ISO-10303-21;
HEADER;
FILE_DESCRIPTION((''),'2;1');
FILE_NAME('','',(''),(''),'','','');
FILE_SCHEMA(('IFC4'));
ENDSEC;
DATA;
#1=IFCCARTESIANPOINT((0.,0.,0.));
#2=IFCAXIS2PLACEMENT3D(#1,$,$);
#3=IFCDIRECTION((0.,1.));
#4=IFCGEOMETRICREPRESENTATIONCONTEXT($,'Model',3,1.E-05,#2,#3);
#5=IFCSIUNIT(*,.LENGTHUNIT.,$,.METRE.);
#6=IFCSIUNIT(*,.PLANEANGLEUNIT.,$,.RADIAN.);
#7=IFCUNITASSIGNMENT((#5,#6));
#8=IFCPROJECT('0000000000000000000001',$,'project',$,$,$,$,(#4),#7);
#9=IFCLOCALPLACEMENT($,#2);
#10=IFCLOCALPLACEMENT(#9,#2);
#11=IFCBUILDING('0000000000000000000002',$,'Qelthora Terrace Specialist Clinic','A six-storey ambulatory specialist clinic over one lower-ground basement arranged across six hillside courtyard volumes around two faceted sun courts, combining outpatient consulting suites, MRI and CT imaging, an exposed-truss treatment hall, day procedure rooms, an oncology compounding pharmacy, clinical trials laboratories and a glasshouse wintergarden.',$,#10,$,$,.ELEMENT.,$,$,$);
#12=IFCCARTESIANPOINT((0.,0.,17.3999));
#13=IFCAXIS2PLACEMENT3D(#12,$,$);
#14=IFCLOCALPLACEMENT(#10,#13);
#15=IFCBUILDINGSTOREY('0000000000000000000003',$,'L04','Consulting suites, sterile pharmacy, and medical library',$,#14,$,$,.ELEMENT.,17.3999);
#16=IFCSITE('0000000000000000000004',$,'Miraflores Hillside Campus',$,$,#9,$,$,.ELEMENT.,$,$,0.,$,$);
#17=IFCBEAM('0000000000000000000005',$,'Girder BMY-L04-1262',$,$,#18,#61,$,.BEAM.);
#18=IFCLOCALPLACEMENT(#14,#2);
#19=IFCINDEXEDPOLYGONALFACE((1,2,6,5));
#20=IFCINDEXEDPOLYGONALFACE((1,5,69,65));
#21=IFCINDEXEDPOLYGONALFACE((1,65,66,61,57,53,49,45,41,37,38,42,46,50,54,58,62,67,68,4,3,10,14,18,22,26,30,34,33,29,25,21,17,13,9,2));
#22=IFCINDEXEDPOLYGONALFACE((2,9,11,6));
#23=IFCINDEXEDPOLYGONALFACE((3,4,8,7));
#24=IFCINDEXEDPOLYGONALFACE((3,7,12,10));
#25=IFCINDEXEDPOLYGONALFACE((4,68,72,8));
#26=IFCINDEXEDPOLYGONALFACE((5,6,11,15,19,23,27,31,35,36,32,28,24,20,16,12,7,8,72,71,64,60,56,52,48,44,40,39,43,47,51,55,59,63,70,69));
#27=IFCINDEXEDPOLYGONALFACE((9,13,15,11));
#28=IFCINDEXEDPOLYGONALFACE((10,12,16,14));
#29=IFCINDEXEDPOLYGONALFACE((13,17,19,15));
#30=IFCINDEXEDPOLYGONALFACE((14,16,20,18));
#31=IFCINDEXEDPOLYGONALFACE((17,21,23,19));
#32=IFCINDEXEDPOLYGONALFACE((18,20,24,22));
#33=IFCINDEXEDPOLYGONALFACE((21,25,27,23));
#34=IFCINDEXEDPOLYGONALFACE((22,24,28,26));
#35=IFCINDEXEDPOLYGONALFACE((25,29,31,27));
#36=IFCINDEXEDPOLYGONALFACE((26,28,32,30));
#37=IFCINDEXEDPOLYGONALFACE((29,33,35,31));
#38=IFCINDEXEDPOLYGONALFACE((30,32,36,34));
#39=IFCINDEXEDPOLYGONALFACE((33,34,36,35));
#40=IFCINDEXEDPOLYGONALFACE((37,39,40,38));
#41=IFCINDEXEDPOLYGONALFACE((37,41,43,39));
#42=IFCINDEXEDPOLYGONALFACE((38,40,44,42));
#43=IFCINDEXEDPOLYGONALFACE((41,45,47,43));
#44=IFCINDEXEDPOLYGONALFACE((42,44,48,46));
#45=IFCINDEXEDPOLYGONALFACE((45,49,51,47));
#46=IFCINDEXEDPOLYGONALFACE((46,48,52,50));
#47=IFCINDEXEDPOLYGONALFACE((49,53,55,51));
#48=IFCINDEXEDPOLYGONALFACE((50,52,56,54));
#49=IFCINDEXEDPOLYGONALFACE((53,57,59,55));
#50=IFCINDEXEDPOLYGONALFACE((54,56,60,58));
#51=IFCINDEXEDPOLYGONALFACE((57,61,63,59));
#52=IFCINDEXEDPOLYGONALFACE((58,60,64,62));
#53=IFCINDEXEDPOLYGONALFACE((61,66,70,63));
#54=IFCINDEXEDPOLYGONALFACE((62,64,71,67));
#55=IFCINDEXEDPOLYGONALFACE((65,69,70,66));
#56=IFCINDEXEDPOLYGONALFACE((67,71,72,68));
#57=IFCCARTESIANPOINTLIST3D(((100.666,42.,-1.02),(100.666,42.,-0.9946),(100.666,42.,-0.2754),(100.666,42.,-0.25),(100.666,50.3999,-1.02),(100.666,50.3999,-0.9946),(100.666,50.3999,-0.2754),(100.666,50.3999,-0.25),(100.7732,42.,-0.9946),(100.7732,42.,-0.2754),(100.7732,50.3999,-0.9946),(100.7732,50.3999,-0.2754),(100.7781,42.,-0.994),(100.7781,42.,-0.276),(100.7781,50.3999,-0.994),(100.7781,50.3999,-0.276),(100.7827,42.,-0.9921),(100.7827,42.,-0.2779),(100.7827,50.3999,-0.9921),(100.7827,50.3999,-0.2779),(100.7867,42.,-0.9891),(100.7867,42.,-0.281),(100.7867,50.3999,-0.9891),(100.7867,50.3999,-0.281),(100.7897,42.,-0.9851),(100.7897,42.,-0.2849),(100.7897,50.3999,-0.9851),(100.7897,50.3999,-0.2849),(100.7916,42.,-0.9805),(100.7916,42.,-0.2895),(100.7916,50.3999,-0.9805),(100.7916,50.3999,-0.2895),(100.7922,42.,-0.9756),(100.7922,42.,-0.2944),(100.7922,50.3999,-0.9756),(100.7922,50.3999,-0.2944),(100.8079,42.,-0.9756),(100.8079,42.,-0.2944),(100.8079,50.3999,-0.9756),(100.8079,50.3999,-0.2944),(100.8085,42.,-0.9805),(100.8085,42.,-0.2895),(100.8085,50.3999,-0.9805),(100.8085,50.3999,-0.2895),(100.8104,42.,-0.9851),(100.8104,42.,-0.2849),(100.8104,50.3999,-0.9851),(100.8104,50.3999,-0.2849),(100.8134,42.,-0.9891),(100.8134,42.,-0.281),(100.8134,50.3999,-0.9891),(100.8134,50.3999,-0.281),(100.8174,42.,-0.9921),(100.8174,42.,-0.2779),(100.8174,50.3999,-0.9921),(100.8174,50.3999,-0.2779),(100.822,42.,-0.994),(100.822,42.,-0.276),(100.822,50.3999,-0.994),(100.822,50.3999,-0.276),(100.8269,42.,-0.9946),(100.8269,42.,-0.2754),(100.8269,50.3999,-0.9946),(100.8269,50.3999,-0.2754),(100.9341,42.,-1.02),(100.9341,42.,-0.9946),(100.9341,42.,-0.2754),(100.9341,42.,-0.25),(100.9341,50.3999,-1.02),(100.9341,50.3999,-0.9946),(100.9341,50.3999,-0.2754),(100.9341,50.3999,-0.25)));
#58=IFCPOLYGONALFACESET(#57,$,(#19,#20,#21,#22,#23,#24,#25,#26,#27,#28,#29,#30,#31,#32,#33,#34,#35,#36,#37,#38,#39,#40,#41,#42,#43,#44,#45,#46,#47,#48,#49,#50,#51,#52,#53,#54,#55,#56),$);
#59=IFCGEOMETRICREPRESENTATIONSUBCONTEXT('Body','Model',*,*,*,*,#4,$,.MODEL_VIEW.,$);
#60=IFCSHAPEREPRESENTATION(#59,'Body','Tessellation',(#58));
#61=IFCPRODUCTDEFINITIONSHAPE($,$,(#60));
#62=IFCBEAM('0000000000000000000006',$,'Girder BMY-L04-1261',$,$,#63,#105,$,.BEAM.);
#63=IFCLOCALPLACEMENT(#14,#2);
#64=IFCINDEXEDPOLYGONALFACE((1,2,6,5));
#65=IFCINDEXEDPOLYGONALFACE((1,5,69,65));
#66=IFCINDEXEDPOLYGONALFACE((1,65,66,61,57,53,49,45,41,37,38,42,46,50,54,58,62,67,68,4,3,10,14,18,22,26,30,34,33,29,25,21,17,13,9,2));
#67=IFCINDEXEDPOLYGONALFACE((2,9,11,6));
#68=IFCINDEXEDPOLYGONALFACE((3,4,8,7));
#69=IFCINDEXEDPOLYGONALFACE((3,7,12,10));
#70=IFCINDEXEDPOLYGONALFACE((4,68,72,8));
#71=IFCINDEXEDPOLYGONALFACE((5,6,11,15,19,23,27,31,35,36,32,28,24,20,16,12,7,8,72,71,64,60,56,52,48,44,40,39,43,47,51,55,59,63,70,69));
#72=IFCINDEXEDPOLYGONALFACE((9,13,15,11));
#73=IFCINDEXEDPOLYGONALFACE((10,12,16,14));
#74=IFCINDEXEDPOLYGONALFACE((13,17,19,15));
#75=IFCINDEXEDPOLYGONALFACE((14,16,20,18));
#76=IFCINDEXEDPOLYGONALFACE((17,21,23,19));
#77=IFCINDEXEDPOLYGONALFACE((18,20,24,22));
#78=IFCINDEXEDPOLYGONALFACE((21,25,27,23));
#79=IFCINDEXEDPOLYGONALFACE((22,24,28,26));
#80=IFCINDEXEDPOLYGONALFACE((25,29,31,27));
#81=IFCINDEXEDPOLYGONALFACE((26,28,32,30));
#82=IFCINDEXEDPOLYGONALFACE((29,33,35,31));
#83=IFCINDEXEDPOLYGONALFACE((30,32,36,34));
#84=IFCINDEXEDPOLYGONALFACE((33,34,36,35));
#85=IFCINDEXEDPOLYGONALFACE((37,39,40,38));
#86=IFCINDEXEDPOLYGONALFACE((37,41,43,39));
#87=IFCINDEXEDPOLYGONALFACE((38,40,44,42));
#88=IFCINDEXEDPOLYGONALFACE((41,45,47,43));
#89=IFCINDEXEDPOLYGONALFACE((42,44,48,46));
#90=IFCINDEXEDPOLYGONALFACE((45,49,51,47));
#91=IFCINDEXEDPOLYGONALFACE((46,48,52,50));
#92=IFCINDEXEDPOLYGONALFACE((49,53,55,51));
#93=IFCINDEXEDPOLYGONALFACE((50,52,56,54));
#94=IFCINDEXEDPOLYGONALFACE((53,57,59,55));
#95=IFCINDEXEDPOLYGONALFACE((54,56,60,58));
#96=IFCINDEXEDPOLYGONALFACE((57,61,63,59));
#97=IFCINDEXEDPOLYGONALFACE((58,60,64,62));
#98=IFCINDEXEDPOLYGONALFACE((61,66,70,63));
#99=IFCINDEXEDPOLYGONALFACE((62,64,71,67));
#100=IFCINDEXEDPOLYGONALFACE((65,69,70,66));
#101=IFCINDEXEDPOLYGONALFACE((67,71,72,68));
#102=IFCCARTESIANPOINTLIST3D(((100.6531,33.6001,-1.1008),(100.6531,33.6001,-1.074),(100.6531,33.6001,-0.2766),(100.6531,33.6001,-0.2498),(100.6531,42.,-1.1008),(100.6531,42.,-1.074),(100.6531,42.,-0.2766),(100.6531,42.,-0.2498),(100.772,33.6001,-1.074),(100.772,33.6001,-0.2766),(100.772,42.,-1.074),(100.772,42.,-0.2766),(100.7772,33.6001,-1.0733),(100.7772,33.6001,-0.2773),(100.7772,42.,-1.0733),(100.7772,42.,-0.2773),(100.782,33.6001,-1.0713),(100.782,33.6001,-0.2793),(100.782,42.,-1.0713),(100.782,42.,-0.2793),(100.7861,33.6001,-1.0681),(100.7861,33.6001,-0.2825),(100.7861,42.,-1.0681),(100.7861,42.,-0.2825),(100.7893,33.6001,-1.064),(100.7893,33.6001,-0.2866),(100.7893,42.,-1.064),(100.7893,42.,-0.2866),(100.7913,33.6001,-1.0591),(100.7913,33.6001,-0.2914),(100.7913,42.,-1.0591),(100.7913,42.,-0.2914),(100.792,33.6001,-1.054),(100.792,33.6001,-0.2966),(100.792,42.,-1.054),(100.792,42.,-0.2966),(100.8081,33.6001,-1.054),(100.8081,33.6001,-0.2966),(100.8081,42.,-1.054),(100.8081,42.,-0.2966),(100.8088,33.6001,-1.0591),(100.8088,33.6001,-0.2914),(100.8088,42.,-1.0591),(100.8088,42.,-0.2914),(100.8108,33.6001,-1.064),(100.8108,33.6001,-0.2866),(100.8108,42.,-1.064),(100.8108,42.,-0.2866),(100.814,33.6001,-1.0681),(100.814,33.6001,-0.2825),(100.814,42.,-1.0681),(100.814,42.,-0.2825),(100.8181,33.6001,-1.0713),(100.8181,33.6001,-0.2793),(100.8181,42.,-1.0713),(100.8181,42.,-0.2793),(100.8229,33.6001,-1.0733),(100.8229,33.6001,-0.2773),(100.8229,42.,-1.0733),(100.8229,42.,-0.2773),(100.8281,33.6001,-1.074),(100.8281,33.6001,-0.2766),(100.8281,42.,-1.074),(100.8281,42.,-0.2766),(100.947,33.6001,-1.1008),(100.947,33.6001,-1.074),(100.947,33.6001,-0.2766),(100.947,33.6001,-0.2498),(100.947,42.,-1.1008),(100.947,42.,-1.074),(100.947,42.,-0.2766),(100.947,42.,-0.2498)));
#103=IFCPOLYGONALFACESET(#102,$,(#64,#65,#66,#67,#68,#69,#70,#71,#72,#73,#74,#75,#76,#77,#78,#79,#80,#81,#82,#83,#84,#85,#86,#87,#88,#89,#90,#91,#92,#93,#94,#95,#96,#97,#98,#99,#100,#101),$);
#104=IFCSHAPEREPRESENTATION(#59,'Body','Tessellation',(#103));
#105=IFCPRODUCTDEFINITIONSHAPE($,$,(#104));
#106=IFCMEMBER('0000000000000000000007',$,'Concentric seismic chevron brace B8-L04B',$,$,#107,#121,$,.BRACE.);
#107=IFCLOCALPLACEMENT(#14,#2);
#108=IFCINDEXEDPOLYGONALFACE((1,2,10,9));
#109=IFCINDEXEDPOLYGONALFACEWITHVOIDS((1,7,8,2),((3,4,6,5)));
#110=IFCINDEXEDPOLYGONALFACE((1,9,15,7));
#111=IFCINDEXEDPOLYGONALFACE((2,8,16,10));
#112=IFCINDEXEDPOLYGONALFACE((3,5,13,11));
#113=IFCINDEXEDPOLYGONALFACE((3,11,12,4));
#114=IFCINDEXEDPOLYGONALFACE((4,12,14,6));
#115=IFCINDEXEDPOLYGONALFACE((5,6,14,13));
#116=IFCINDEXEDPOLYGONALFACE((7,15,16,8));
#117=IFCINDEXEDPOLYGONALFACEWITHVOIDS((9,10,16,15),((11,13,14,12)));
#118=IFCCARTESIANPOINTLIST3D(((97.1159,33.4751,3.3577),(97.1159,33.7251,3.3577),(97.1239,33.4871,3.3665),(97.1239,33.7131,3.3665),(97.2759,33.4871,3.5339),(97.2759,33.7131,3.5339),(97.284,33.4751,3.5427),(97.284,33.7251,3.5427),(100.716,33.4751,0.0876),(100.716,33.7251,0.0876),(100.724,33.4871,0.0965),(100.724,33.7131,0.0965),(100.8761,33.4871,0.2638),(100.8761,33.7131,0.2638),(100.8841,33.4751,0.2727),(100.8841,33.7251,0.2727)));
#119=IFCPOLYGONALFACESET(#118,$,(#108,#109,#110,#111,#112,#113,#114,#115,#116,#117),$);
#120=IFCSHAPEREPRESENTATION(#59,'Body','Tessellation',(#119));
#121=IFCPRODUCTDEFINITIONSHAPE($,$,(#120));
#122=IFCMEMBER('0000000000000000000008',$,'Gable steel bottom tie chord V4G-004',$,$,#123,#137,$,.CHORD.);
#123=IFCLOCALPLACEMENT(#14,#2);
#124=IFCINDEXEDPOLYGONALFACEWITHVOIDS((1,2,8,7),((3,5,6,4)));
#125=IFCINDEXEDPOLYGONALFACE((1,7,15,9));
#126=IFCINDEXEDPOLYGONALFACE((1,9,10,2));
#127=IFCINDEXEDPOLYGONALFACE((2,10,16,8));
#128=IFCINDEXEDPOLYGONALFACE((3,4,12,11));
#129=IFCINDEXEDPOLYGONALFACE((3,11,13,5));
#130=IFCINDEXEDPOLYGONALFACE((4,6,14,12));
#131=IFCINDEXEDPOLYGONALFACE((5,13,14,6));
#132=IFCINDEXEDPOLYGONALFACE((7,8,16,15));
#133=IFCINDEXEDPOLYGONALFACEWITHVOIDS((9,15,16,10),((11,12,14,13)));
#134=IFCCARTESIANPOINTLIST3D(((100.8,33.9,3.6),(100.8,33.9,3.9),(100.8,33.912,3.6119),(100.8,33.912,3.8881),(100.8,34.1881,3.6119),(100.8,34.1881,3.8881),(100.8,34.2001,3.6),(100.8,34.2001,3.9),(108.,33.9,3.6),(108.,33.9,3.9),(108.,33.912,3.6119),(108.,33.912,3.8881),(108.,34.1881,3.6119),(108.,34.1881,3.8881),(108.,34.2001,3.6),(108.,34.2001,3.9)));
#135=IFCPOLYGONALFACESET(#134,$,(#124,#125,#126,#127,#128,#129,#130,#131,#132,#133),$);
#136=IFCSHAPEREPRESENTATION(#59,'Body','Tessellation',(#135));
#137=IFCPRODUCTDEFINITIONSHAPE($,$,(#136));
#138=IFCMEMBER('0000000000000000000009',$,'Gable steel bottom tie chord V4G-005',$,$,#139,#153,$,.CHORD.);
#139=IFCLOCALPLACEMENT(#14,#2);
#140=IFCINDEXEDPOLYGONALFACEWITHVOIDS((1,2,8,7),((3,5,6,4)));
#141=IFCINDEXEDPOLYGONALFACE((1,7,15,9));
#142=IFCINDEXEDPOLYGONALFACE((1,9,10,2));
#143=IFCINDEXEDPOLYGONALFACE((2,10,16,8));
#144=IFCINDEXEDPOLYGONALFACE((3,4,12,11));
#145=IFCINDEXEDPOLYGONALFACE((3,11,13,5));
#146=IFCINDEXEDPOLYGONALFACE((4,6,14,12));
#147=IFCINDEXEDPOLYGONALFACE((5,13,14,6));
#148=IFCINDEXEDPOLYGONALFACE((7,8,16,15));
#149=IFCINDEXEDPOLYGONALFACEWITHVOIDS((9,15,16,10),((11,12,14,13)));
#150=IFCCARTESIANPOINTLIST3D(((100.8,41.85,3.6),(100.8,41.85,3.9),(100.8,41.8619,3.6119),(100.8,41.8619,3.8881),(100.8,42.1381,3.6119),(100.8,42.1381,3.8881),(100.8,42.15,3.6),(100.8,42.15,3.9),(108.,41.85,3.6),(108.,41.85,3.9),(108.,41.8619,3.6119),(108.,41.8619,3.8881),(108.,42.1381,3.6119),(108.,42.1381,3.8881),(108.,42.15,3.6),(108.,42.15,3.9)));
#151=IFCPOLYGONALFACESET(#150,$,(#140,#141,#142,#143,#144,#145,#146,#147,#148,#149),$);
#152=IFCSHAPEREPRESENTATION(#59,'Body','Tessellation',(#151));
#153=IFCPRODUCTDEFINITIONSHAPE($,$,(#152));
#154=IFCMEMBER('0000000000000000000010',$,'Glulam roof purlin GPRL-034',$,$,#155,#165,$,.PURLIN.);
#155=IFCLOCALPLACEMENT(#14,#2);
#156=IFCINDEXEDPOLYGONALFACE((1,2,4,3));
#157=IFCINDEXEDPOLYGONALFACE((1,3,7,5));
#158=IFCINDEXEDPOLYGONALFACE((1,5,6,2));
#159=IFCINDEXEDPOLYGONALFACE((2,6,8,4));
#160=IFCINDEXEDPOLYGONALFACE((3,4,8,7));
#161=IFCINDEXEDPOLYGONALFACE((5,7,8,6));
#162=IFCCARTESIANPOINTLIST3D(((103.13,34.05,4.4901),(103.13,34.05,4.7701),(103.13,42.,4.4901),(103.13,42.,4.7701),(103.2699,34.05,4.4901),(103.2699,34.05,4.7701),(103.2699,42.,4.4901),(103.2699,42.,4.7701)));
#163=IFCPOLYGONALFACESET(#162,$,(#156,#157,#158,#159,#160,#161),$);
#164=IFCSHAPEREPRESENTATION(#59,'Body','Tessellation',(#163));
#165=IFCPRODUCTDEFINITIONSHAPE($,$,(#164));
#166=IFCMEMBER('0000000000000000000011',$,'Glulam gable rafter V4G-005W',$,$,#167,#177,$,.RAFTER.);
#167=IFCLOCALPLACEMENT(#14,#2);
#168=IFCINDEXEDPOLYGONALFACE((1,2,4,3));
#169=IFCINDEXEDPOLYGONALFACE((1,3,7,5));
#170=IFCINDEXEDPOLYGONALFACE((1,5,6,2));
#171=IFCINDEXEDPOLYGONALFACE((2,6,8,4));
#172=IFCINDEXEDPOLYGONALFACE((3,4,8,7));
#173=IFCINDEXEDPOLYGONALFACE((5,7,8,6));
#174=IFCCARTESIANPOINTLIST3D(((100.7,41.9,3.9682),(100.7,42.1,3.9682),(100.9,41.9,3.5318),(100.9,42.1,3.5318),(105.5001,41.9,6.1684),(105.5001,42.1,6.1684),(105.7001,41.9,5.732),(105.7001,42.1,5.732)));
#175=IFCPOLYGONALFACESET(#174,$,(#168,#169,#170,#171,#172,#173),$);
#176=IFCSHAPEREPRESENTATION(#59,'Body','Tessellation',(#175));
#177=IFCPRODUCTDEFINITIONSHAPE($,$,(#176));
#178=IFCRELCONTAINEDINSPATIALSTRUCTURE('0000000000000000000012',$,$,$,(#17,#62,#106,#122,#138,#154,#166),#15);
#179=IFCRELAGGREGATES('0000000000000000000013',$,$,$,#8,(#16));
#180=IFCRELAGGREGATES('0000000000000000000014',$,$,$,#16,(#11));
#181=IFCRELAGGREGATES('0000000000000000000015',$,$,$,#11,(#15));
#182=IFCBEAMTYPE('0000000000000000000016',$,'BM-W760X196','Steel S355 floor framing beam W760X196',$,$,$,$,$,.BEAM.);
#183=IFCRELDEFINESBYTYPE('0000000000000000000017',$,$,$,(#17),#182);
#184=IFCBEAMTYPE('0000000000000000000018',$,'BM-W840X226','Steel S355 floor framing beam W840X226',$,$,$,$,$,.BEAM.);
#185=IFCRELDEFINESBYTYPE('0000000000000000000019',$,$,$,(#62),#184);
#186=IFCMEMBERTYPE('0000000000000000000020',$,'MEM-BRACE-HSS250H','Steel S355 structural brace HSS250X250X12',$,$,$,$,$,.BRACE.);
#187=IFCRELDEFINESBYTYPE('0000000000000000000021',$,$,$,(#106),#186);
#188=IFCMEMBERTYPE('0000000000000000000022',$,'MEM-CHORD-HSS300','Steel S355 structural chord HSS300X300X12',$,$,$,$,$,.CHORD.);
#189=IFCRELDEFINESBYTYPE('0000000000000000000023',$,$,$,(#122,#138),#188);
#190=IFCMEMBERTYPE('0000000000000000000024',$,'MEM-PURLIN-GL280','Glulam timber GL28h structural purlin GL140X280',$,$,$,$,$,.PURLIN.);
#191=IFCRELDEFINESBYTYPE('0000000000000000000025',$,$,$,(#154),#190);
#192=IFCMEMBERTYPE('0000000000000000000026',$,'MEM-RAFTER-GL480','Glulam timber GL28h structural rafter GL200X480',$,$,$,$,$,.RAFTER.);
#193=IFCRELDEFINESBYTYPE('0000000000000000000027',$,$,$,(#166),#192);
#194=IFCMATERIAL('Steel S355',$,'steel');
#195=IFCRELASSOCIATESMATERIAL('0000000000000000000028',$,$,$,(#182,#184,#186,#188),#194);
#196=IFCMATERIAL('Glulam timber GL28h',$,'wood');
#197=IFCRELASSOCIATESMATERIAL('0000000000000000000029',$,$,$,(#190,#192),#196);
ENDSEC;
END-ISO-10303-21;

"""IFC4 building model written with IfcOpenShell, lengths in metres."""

from ifc_helpers import new_model, si_unit, direction, frame, origin, origin_2d, place, context, subcontext, project, spatial, rectangle, hollow_rectangle, i_section, extrude, material, material_profile, profile_set, type_object, element, save


model = new_model("IFC4")

# Units and contexts
model_context = context("Model", 3, precision=1e-05, world=origin(), true_north=direction((0.0, 1.0)))
body_context = subcontext(model_context, "Body", "Model", "MODEL_VIEW")
ifc_project = project(units=[si_unit("LENGTHUNIT", "METRE"), si_unit("PLANEANGLEUNIT", "RADIAN")], contexts=[model_context])

# Site, building, storey
site_placement = place(None, origin())
site = spatial("IfcSite", under=ifc_project, at=site_placement, Name="Miraflores Hillside Campus", CompositionType="ELEMENT", RefElevation=0.0)
building_placement = place(site_placement, origin())
building = spatial("IfcBuilding", under=site, at=building_placement, Name="Qelthora Terrace Specialist Clinic", Description="A six-storey ambulatory specialist clinic over one lower-ground basement arranged across six hillside courtyard volumes around two faceted sun courts, combining outpatient consulting suites, MRI and CT imaging, an exposed-truss treatment hall, day procedure rooms, an oncology compounding pharmacy, clinical trials laboratories and a glasshouse wintergarden.", CompositionType="ELEMENT")
storey_placement = place(building_placement, frame((0.0, 0.0, 17.3999)))
storey = spatial("IfcBuildingStorey", under=building, at=storey_placement, Name="L04", Description="Consulting suites, sterile pharmacy, and medical library", CompositionType="ELEMENT", Elevation=17.3999)

# Shared definitions
ifc_material_1 = material(Name="Steel S355", Category="steel")

# Beams
ifc_material_profile_1 = material_profile(ifc_material_1, i_section(OverallWidth=0.2681, OverallDepth=0.77, WebThickness=0.0156, FlangeThickness=0.0254, FilletRadius=0.019, at=origin_2d()), Name="W760X196")
ifc_profile_set_1 = profile_set([ifc_material_profile_1], Name="Steel S355")
beam_type_1 = type_object("IfcBeamType", Name="BM-W760X196", Description="Steel S355 floor framing beam W760X196", PredefinedType="BEAM", material=ifc_profile_set_1)
beam_1_placement = place(storey_placement, frame((100.8, 42.0, -0.635), z_axis=(0.0, 1.0, 0.0), x_axis=(-1.0, 0.0, 0.0)))
element("IfcBeam", 1, at=beam_1_placement, inside=storey, type_object=beam_type_1, Name="Girder BMY-L04-1262", PredefinedType="BEAM", context=body_context, shape_type="SweptSolid", body=[
    extrude(i_section(OverallWidth=0.2681, OverallDepth=0.77, WebThickness=0.0156, FlangeThickness=0.0254, FilletRadius=0.019, at=origin_2d()), origin(), (0.0, 0.0, 1.0), 8.3999),
])
ifc_material_profile_2 = material_profile(ifc_material_1, i_section(OverallWidth=0.2939, OverallDepth=0.8511, WebThickness=0.0161, FlangeThickness=0.0269, FilletRadius=0.02, at=origin_2d()), Name="W840X226")
ifc_profile_set_2 = profile_set([ifc_material_profile_2], Name="Steel S355")
beam_type_2 = type_object("IfcBeamType", Name="BM-W840X226", Description="Steel S355 floor framing beam W840X226", PredefinedType="BEAM", material=ifc_profile_set_2)
beam_2_placement = place(storey_placement, frame((100.8, 33.6001, -0.6753), z_axis=(0.0, 1.0, 0.0), x_axis=(-1.0, 0.0, 0.0)))
element("IfcBeam", 2, at=beam_2_placement, inside=storey, type_object=beam_type_2, Name="Girder BMY-L04-1261", PredefinedType="BEAM", context=body_context, shape_type="SweptSolid", body=[
    extrude(i_section(OverallWidth=0.2939, OverallDepth=0.8511, WebThickness=0.0161, FlangeThickness=0.0269, FilletRadius=0.02, at=origin_2d()), origin(), (0.0, 0.0, 1.0), 8.3999),
])

# Members
ifc_material_profile_3 = material_profile(ifc_material_1, hollow_rectangle(XDim=0.25, YDim=0.25, WallThickness=0.012, at=origin_2d()), Name="HSS250X250X12")
ifc_profile_set_3 = profile_set([ifc_material_profile_3], Name="Steel S355")
member_type_1 = type_object("IfcMemberType", Name="MEM-BRACE-HSS250H", Description="Steel S355 structural brace HSS250X250X12", PredefinedType="BRACE", material=ifc_profile_set_3)
member_1_placement = place(storey_placement, frame((100.8, 33.6001, 0.1802), z_axis=(-0.740226, 0.0, 0.672358), x_axis=(0.0, -1.0, 0.0)))
element("IfcMember", 3, at=member_1_placement, inside=storey, type_object=member_type_1, Name="Concentric seismic chevron brace B8-L04B", PredefinedType="BRACE", context=body_context, shape_type="SweptSolid", body=[
    extrude(hollow_rectangle(XDim=0.25, YDim=0.25, WallThickness=0.012, at=origin_2d()), origin(), (0.0, 0.0, 1.0), 4.8635),
])
ifc_material_profile_4 = material_profile(ifc_material_1, hollow_rectangle(XDim=0.3, YDim=0.3, WallThickness=0.012, at=origin_2d()), Name="HSS300X300X12")
ifc_profile_set_4 = profile_set([ifc_material_profile_4], Name="Steel S355")
member_type_2 = type_object("IfcMemberType", Name="MEM-CHORD-HSS300", Description="Steel S355 structural chord HSS300X300X12", PredefinedType="CHORD", material=ifc_profile_set_4)
for number, where, z_axis, x_axis, name in (
    (4, (100.8, 34.05, 3.75), (1.0, 0.0, 0.0), (0.0, 1.0, 0.0), "Gable steel bottom tie chord V4G-004"),
    (5, (100.8, 42.0, 3.75), (1.0, 0.0, 0.0), (0.0, 1.0, 0.0), "Gable steel bottom tie chord V4G-005"),
):
    element("IfcMember", number, at=place(storey_placement, frame(where, z_axis=z_axis, x_axis=x_axis)), inside=storey, type_object=member_type_2, Name=name, PredefinedType="CHORD", context=body_context, shape_type="SweptSolid", body=[
        extrude(hollow_rectangle(XDim=0.3, YDim=0.3, WallThickness=0.012, at=origin_2d()), origin(), (0.0, 0.0, 1.0), 7.2),
    ])
ifc_material_2 = material(Name="Glulam timber GL28h", Category="wood")
ifc_material_profile_5 = material_profile(ifc_material_2, rectangle(XDim=0.1399, YDim=0.28, at=origin_2d()), Name="GL140X280")
ifc_profile_set_5 = profile_set([ifc_material_profile_5], Name="Glulam timber GL28h")
member_type_3 = type_object("IfcMemberType", Name="MEM-PURLIN-GL280", Description="Glulam timber GL28h structural purlin GL140X280", PredefinedType="PURLIN", material=ifc_profile_set_5)
member_2_placement = place(storey_placement, frame((103.2, 34.05, 4.6301), z_axis=(0.0, 1.0, 0.0), x_axis=(-1.0, 0.0, 0.0)))
element("IfcMember", 6, at=member_2_placement, inside=storey, type_object=member_type_3, Name="Glulam roof purlin GPRL-034", PredefinedType="PURLIN", context=body_context, shape_type="SweptSolid", body=[
    extrude(rectangle(XDim=0.1399, YDim=0.28, at=origin_2d()), origin(), (0.0, 0.0, 1.0), 7.95),
])
ifc_material_profile_6 = material_profile(ifc_material_2, rectangle(XDim=0.2, YDim=0.48, at=origin_2d()), Name="GL200X480")
ifc_profile_set_6 = profile_set([ifc_material_profile_6], Name="Glulam timber GL28h")
member_type_4 = type_object("IfcMemberType", Name="MEM-RAFTER-GL480", Description="Glulam timber GL28h structural rafter GL200X480", PredefinedType="RAFTER", material=ifc_profile_set_6)
member_3_placement = place(storey_placement, frame((100.8, 42.0, 3.75), z_axis=(0.909052, 0.0, 0.416682), x_axis=(0.0, 1.0, 0.0)))
element("IfcMember", 7, at=member_3_placement, inside=storey, type_object=member_type_4, Name="Glulam gable rafter V4G-005W", PredefinedType="RAFTER", context=body_context, shape_type="SweptSolid", body=[
    extrude(rectangle(XDim=0.2, YDim=0.48, at=origin_2d()), origin(), (0.0, 0.0, 1.0), 5.2803),
])

save(model, "model.ifc")
